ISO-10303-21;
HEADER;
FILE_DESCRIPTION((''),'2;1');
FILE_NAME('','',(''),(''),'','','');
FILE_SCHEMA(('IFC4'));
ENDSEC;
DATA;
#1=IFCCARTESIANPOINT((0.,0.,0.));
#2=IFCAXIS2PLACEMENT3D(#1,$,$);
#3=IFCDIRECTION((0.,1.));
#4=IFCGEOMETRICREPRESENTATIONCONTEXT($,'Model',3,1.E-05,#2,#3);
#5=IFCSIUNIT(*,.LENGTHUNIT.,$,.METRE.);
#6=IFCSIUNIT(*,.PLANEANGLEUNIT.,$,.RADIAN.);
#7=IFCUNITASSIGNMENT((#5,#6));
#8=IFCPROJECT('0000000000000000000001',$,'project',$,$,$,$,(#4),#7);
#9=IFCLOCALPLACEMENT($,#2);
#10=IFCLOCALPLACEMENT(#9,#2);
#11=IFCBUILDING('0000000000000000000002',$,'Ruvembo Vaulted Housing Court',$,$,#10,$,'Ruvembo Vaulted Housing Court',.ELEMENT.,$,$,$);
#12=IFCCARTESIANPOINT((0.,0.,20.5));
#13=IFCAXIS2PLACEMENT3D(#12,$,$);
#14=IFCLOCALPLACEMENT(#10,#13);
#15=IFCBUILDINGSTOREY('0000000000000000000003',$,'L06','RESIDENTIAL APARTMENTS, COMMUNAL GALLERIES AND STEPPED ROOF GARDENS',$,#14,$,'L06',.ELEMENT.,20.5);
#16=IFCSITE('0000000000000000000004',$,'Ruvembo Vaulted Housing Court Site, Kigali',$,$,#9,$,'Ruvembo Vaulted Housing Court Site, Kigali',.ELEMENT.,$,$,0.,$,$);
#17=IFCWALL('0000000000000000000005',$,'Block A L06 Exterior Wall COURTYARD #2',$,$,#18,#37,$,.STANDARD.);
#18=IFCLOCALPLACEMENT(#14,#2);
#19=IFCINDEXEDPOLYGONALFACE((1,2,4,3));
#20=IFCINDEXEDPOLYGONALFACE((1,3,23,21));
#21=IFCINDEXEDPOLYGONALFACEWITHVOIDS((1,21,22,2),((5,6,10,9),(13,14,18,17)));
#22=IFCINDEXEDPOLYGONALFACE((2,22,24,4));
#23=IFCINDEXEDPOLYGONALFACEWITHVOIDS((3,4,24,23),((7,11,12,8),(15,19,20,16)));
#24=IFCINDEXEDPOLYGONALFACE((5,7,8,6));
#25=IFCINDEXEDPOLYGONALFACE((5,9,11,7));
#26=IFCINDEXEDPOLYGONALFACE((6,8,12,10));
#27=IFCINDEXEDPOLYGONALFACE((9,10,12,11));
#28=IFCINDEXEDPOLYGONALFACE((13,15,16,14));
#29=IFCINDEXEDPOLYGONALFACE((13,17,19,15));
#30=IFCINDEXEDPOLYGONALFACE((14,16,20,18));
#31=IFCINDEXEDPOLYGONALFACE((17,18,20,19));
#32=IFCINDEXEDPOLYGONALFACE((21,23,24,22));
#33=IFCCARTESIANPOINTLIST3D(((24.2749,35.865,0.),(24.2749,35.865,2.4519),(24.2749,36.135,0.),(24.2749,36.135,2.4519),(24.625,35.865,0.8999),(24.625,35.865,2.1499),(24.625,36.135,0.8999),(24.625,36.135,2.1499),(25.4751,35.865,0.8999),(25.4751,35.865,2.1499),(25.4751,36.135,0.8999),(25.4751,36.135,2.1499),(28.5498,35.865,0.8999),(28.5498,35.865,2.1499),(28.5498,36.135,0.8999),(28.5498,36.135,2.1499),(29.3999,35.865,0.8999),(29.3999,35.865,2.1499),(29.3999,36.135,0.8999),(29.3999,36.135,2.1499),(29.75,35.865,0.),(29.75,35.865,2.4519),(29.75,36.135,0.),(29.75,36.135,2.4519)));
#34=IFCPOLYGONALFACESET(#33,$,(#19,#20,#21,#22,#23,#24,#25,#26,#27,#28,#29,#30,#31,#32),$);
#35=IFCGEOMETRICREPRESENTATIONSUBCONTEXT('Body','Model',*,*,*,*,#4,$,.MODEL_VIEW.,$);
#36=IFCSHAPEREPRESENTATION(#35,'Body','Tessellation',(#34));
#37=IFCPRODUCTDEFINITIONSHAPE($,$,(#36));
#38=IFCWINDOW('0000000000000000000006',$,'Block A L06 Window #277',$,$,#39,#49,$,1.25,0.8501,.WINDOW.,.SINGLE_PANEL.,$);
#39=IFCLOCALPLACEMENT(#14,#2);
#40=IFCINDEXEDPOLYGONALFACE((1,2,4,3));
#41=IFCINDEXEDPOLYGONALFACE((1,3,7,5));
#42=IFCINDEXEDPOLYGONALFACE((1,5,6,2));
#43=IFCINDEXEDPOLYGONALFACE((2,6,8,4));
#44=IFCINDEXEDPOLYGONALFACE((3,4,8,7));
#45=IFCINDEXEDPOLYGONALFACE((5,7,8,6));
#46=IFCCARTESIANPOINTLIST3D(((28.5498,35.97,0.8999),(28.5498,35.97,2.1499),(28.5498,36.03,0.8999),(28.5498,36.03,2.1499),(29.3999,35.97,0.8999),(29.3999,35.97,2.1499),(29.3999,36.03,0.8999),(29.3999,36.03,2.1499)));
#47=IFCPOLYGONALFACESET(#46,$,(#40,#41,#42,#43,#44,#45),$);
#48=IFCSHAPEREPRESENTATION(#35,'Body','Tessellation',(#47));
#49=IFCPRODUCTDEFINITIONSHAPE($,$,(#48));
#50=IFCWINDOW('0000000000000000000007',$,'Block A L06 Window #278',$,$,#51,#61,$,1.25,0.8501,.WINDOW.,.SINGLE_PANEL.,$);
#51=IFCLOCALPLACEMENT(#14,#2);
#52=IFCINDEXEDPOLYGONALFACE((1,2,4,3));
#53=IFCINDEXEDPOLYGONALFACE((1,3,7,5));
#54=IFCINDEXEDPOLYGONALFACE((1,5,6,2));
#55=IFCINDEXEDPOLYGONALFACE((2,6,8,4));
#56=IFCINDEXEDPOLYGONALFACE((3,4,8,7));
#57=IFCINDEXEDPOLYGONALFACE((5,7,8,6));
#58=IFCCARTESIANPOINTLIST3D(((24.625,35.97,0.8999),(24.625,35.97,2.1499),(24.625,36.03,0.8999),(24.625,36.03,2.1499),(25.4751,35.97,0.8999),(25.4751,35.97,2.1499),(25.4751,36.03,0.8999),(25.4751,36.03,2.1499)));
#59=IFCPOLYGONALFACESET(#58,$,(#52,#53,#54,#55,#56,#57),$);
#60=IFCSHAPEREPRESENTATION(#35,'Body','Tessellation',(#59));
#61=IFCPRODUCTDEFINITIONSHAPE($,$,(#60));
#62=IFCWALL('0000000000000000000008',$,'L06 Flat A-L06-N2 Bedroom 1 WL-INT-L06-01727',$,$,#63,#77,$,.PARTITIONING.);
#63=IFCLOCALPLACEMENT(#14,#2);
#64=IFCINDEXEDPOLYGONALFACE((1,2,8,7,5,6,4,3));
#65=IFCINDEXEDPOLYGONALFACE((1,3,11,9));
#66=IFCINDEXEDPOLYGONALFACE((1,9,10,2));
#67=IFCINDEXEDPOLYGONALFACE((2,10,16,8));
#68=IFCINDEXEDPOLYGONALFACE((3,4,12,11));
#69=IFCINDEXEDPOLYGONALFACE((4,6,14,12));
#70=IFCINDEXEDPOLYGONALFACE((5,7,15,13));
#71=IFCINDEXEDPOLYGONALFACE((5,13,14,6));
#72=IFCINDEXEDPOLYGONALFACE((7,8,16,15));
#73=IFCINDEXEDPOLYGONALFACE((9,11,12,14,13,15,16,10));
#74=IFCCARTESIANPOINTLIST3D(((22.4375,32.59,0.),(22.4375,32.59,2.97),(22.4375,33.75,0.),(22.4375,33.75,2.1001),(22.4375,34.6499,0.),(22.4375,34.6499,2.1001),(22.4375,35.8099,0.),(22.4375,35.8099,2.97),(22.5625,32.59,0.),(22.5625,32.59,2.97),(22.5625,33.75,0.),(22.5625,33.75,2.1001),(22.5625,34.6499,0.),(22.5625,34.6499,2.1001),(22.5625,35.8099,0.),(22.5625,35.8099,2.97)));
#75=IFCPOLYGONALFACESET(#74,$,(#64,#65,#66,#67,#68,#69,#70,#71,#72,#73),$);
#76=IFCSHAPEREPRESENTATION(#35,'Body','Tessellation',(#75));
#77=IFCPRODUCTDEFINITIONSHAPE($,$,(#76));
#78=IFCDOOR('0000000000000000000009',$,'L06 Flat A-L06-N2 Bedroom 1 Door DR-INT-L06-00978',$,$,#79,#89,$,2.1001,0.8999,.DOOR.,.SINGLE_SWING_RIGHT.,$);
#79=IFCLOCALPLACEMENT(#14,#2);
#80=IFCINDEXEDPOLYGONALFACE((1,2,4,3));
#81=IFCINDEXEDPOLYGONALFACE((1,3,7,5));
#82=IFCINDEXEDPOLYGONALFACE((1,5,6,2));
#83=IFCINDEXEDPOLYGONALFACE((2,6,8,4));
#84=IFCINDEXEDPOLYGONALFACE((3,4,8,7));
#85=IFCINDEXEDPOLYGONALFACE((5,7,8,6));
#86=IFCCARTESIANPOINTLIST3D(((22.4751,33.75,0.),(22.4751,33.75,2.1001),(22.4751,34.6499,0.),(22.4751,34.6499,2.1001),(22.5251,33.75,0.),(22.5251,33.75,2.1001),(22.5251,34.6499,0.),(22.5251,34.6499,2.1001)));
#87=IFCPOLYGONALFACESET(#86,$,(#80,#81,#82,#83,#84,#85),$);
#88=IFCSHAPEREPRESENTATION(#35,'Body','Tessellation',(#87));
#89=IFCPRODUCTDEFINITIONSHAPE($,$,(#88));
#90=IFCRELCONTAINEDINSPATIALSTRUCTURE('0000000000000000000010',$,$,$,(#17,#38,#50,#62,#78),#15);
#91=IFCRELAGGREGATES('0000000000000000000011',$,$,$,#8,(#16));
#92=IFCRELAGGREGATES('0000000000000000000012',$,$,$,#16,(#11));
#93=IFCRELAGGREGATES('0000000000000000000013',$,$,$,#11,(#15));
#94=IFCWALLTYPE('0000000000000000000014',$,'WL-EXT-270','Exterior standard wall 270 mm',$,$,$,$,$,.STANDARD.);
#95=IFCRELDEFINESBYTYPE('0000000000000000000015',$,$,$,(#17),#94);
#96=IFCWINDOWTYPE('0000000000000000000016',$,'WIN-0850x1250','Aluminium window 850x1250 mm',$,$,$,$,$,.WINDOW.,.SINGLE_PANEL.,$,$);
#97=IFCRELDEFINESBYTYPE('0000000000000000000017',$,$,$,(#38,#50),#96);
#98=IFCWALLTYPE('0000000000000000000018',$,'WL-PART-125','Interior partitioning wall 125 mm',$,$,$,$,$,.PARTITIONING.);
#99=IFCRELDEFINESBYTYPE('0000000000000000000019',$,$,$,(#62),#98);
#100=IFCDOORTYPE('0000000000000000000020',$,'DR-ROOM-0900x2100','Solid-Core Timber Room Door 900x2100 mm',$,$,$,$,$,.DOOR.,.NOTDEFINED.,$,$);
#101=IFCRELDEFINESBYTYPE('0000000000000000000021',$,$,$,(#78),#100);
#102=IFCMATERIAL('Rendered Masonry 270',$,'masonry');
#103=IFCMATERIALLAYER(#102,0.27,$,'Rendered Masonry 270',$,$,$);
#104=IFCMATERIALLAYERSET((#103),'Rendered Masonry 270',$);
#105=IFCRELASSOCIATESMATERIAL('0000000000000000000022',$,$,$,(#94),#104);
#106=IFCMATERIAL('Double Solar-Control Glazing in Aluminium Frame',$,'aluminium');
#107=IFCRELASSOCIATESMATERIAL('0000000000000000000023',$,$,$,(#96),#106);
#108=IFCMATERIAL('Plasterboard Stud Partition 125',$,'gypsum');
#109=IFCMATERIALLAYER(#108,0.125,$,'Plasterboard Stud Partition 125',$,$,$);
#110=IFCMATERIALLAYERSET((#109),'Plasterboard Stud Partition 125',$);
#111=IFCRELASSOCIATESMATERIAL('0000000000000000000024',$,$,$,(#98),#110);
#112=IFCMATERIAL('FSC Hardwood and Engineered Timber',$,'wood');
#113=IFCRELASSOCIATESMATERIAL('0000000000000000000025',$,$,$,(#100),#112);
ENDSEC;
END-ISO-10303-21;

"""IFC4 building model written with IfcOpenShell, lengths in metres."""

from ifc_helpers import new_model, si_unit, direction, frame, frame_2d, origin, place, context, subcontext, project, spatial, rectangle, extrude, material, layer, layer_set, type_object, element, fill, save


model = new_model("IFC4")

# Units and contexts
model_context = context("Model", 3, precision=1e-05, world=origin(), true_north=direction((0.0, 1.0)))
body_context = subcontext(model_context, "Body", "Model", "MODEL_VIEW")
ifc_project = project(units=[si_unit("LENGTHUNIT", "METRE"), si_unit("PLANEANGLEUNIT", "RADIAN")], contexts=[model_context])

# Site, building, storey
site_placement = place(None, origin())
site = spatial("IfcSite", under=ifc_project, at=site_placement, Name="Ruvembo Vaulted Housing Court Site, Kigali", LongName="Ruvembo Vaulted Housing Court Site, Kigali", CompositionType="ELEMENT", RefElevation=0.0)
building_placement = place(site_placement, origin())
building = spatial("IfcBuilding", under=site, at=building_placement, Name="Ruvembo Vaulted Housing Court", LongName="Ruvembo Vaulted Housing Court", CompositionType="ELEMENT")
storey_placement = place(building_placement, frame((0.0, 0.0, 20.5)))
storey = spatial("IfcBuildingStorey", under=building, at=storey_placement, Name="L06", Description="RESIDENTIAL APARTMENTS, COMMUNAL GALLERIES AND STEPPED ROOF GARDENS", LongName="L06", CompositionType="ELEMENT", Elevation=20.5)

# Wall, openings, windows
ifc_material_1 = material(Name="Rendered Masonry 270", Category="masonry")
ifc_layer_1 = layer(ifc_material_1, 0.27, Name="Rendered Masonry 270")
ifc_layer_set_1 = layer_set([ifc_layer_1], Name="Rendered Masonry 270")
wall_type_1 = type_object("IfcWallType", Name="WL-EXT-270", Description="Exterior standard wall 270 mm", PredefinedType="STANDARD", material=ifc_layer_set_1)
ifc_material_2 = material(Name="Double Solar-Control Glazing in Aluminium Frame", Category="aluminium")
wall_1_placement = place(storey_placement, frame((29.75, 36.0, 0.0), z_axis=(0.0, 0.0, 1.0), x_axis=(-1.0, 0.0, 0.0)))
wall_1 = element("IfcWall", 1, at=wall_1_placement, inside=storey, type_object=wall_type_1, Name="Block A L06 Exterior Wall COURTYARD #2", PredefinedType="STANDARD", context=body_context, shape_type="SweptSolid", body=[
    extrude(rectangle(XDim=5.4751, YDim=0.27, at=frame_2d((2.7375, 0.0))), origin(), (0.0, 0.0, 1.0), 2.4519),
])
opening_1_placement = place(wall_1_placement, frame((0.3501, 0.0, 0.8999)))
opening_1 = element("IfcOpeningElement", 2, at=opening_1_placement, cuts=wall_1, PredefinedType="OPENING", context=body_context, shape_type="SweptSolid", body=[
    extrude(rectangle(XDim=0.8501, YDim=1.25, at=frame_2d((0.425, 0.625))), frame((0.0, 0.145, 0.0), z_axis=(0.0, -1.0, 0.0), x_axis=(1.0, 0.0, 0.0)), (0.0, 0.0, 1.0), 0.29),
])
opening_2_placement = place(wall_1_placement, frame((4.2749, 0.0, 0.8999)))
opening_2 = element("IfcOpeningElement", 3, at=opening_2_placement, cuts=wall_1, PredefinedType="OPENING", context=body_context, shape_type="SweptSolid", body=[
    extrude(rectangle(XDim=0.8501, YDim=1.25, at=frame_2d((0.425, 0.625))), frame((0.0, 0.145, 0.0), z_axis=(0.0, -1.0, 0.0), x_axis=(1.0, 0.0, 0.0)), (0.0, 0.0, 1.0), 0.29),
])
window_type_1 = type_object("IfcWindowType", Name="WIN-0850x1250", Description="Aluminium window 850x1250 mm", PartitioningType="SINGLE_PANEL", PredefinedType="WINDOW", material=ifc_material_2)
window_1_placement = place(opening_1_placement, origin())
window_1 = element("IfcWindow", 4, at=window_1_placement, inside=storey, type_object=window_type_1, Name="Block A L06 Window #277", OverallHeight=1.25, OverallWidth=0.8501, PartitioningType="SINGLE_PANEL", PredefinedType="WINDOW", context=body_context, shape_type="SweptSolid", body=[
    extrude(rectangle(XDim=0.8501, YDim=1.25, at=frame_2d((0.425, 0.625))), frame((0.0, 0.03, 0.0), z_axis=(0.0, -1.0, 0.0), x_axis=(1.0, 0.0, 0.0)), (0.0, 0.0, 1.0), 0.0601),
])
fill(opening_1, window_1)
window_2_placement = place(opening_2_placement, origin())
window_2 = element("IfcWindow", 5, at=window_2_placement, inside=storey, type_object=window_type_1, Name="Block A L06 Window #278", OverallHeight=1.25, OverallWidth=0.8501, PartitioningType="SINGLE_PANEL", PredefinedType="WINDOW", context=body_context, shape_type="SweptSolid", body=[
    extrude(rectangle(XDim=0.8501, YDim=1.25, at=frame_2d((0.425, 0.625))), frame((0.0, 0.03, 0.0), z_axis=(0.0, -1.0, 0.0), x_axis=(1.0, 0.0, 0.0)), (0.0, 0.0, 1.0), 0.0601),
])
fill(opening_2, window_2)

# Wall, opening, door
ifc_material_3 = material(Name="Plasterboard Stud Partition 125", Category="gypsum")
ifc_layer_2 = layer(ifc_material_3, 0.125, Name="Plasterboard Stud Partition 125")
ifc_layer_set_2 = layer_set([ifc_layer_2], Name="Plasterboard Stud Partition 125")
wall_type_2 = type_object("IfcWallType", Name="WL-PART-125", Description="Interior partitioning wall 125 mm", PredefinedType="PARTITIONING", material=ifc_layer_set_2)
wall_2_placement = place(storey_placement, frame((22.5, 32.5901, 0.0), z_axis=(0.0, 0.0, 1.0), x_axis=(0.0, 1.0, 0.0)))
wall_2 = element("IfcWall", 6, at=wall_2_placement, inside=storey, type_object=wall_type_2, Name="L06 Flat A-L06-N2 Bedroom 1 WL-INT-L06-01727", PredefinedType="PARTITIONING", context=body_context, shape_type="SweptSolid", body=[
    extrude(rectangle(XDim=3.22, YDim=0.125, at=frame_2d((1.6099, 0.0))), origin(), (0.0, 0.0, 1.0), 2.97),
])
opening_3_placement = place(wall_2_placement, frame((1.1599, 0.0, 0.0)))
opening_3 = element("IfcOpeningElement", 7, at=opening_3_placement, cuts=wall_2, PredefinedType="OPENING", context=body_context, shape_type="SweptSolid", body=[
    extrude(rectangle(XDim=0.8999, YDim=2.1001, at=frame_2d((0.45, 1.05))), frame((0.0, 0.0725, 0.0), z_axis=(0.0, -1.0, 0.0), x_axis=(1.0, 0.0, 0.0)), (0.0, 0.0, 1.0), 0.145),
])
ifc_material_4 = material(Name="FSC Hardwood and Engineered Timber", Category="wood")
door_type_1 = type_object("IfcDoorType", Name="DR-ROOM-0900x2100", Description="Solid-Core Timber Room Door 900x2100 mm", OperationType="NOTDEFINED", PredefinedType="DOOR", material=ifc_material_4)
door_1_placement = place(opening_3_placement, origin())
door_1 = element("IfcDoor", 8, at=door_1_placement, inside=storey, type_object=door_type_1, Name="L06 Flat A-L06-N2 Bedroom 1 Door DR-INT-L06-00978", OperationType="SINGLE_SWING_RIGHT", OverallHeight=2.1001, OverallWidth=0.8999, PredefinedType="DOOR", context=body_context, shape_type="SweptSolid", body=[
    extrude(rectangle(XDim=0.8999, YDim=2.1001, at=frame_2d((0.45, 1.05))), frame((0.0, 0.0249, 0.0), z_axis=(0.0, -1.0, 0.0), x_axis=(1.0, 0.0, 0.0)), (0.0, 0.0, 1.0), 0.05),
])
fill(opening_3, door_1)

save(model, "model.ifc")
